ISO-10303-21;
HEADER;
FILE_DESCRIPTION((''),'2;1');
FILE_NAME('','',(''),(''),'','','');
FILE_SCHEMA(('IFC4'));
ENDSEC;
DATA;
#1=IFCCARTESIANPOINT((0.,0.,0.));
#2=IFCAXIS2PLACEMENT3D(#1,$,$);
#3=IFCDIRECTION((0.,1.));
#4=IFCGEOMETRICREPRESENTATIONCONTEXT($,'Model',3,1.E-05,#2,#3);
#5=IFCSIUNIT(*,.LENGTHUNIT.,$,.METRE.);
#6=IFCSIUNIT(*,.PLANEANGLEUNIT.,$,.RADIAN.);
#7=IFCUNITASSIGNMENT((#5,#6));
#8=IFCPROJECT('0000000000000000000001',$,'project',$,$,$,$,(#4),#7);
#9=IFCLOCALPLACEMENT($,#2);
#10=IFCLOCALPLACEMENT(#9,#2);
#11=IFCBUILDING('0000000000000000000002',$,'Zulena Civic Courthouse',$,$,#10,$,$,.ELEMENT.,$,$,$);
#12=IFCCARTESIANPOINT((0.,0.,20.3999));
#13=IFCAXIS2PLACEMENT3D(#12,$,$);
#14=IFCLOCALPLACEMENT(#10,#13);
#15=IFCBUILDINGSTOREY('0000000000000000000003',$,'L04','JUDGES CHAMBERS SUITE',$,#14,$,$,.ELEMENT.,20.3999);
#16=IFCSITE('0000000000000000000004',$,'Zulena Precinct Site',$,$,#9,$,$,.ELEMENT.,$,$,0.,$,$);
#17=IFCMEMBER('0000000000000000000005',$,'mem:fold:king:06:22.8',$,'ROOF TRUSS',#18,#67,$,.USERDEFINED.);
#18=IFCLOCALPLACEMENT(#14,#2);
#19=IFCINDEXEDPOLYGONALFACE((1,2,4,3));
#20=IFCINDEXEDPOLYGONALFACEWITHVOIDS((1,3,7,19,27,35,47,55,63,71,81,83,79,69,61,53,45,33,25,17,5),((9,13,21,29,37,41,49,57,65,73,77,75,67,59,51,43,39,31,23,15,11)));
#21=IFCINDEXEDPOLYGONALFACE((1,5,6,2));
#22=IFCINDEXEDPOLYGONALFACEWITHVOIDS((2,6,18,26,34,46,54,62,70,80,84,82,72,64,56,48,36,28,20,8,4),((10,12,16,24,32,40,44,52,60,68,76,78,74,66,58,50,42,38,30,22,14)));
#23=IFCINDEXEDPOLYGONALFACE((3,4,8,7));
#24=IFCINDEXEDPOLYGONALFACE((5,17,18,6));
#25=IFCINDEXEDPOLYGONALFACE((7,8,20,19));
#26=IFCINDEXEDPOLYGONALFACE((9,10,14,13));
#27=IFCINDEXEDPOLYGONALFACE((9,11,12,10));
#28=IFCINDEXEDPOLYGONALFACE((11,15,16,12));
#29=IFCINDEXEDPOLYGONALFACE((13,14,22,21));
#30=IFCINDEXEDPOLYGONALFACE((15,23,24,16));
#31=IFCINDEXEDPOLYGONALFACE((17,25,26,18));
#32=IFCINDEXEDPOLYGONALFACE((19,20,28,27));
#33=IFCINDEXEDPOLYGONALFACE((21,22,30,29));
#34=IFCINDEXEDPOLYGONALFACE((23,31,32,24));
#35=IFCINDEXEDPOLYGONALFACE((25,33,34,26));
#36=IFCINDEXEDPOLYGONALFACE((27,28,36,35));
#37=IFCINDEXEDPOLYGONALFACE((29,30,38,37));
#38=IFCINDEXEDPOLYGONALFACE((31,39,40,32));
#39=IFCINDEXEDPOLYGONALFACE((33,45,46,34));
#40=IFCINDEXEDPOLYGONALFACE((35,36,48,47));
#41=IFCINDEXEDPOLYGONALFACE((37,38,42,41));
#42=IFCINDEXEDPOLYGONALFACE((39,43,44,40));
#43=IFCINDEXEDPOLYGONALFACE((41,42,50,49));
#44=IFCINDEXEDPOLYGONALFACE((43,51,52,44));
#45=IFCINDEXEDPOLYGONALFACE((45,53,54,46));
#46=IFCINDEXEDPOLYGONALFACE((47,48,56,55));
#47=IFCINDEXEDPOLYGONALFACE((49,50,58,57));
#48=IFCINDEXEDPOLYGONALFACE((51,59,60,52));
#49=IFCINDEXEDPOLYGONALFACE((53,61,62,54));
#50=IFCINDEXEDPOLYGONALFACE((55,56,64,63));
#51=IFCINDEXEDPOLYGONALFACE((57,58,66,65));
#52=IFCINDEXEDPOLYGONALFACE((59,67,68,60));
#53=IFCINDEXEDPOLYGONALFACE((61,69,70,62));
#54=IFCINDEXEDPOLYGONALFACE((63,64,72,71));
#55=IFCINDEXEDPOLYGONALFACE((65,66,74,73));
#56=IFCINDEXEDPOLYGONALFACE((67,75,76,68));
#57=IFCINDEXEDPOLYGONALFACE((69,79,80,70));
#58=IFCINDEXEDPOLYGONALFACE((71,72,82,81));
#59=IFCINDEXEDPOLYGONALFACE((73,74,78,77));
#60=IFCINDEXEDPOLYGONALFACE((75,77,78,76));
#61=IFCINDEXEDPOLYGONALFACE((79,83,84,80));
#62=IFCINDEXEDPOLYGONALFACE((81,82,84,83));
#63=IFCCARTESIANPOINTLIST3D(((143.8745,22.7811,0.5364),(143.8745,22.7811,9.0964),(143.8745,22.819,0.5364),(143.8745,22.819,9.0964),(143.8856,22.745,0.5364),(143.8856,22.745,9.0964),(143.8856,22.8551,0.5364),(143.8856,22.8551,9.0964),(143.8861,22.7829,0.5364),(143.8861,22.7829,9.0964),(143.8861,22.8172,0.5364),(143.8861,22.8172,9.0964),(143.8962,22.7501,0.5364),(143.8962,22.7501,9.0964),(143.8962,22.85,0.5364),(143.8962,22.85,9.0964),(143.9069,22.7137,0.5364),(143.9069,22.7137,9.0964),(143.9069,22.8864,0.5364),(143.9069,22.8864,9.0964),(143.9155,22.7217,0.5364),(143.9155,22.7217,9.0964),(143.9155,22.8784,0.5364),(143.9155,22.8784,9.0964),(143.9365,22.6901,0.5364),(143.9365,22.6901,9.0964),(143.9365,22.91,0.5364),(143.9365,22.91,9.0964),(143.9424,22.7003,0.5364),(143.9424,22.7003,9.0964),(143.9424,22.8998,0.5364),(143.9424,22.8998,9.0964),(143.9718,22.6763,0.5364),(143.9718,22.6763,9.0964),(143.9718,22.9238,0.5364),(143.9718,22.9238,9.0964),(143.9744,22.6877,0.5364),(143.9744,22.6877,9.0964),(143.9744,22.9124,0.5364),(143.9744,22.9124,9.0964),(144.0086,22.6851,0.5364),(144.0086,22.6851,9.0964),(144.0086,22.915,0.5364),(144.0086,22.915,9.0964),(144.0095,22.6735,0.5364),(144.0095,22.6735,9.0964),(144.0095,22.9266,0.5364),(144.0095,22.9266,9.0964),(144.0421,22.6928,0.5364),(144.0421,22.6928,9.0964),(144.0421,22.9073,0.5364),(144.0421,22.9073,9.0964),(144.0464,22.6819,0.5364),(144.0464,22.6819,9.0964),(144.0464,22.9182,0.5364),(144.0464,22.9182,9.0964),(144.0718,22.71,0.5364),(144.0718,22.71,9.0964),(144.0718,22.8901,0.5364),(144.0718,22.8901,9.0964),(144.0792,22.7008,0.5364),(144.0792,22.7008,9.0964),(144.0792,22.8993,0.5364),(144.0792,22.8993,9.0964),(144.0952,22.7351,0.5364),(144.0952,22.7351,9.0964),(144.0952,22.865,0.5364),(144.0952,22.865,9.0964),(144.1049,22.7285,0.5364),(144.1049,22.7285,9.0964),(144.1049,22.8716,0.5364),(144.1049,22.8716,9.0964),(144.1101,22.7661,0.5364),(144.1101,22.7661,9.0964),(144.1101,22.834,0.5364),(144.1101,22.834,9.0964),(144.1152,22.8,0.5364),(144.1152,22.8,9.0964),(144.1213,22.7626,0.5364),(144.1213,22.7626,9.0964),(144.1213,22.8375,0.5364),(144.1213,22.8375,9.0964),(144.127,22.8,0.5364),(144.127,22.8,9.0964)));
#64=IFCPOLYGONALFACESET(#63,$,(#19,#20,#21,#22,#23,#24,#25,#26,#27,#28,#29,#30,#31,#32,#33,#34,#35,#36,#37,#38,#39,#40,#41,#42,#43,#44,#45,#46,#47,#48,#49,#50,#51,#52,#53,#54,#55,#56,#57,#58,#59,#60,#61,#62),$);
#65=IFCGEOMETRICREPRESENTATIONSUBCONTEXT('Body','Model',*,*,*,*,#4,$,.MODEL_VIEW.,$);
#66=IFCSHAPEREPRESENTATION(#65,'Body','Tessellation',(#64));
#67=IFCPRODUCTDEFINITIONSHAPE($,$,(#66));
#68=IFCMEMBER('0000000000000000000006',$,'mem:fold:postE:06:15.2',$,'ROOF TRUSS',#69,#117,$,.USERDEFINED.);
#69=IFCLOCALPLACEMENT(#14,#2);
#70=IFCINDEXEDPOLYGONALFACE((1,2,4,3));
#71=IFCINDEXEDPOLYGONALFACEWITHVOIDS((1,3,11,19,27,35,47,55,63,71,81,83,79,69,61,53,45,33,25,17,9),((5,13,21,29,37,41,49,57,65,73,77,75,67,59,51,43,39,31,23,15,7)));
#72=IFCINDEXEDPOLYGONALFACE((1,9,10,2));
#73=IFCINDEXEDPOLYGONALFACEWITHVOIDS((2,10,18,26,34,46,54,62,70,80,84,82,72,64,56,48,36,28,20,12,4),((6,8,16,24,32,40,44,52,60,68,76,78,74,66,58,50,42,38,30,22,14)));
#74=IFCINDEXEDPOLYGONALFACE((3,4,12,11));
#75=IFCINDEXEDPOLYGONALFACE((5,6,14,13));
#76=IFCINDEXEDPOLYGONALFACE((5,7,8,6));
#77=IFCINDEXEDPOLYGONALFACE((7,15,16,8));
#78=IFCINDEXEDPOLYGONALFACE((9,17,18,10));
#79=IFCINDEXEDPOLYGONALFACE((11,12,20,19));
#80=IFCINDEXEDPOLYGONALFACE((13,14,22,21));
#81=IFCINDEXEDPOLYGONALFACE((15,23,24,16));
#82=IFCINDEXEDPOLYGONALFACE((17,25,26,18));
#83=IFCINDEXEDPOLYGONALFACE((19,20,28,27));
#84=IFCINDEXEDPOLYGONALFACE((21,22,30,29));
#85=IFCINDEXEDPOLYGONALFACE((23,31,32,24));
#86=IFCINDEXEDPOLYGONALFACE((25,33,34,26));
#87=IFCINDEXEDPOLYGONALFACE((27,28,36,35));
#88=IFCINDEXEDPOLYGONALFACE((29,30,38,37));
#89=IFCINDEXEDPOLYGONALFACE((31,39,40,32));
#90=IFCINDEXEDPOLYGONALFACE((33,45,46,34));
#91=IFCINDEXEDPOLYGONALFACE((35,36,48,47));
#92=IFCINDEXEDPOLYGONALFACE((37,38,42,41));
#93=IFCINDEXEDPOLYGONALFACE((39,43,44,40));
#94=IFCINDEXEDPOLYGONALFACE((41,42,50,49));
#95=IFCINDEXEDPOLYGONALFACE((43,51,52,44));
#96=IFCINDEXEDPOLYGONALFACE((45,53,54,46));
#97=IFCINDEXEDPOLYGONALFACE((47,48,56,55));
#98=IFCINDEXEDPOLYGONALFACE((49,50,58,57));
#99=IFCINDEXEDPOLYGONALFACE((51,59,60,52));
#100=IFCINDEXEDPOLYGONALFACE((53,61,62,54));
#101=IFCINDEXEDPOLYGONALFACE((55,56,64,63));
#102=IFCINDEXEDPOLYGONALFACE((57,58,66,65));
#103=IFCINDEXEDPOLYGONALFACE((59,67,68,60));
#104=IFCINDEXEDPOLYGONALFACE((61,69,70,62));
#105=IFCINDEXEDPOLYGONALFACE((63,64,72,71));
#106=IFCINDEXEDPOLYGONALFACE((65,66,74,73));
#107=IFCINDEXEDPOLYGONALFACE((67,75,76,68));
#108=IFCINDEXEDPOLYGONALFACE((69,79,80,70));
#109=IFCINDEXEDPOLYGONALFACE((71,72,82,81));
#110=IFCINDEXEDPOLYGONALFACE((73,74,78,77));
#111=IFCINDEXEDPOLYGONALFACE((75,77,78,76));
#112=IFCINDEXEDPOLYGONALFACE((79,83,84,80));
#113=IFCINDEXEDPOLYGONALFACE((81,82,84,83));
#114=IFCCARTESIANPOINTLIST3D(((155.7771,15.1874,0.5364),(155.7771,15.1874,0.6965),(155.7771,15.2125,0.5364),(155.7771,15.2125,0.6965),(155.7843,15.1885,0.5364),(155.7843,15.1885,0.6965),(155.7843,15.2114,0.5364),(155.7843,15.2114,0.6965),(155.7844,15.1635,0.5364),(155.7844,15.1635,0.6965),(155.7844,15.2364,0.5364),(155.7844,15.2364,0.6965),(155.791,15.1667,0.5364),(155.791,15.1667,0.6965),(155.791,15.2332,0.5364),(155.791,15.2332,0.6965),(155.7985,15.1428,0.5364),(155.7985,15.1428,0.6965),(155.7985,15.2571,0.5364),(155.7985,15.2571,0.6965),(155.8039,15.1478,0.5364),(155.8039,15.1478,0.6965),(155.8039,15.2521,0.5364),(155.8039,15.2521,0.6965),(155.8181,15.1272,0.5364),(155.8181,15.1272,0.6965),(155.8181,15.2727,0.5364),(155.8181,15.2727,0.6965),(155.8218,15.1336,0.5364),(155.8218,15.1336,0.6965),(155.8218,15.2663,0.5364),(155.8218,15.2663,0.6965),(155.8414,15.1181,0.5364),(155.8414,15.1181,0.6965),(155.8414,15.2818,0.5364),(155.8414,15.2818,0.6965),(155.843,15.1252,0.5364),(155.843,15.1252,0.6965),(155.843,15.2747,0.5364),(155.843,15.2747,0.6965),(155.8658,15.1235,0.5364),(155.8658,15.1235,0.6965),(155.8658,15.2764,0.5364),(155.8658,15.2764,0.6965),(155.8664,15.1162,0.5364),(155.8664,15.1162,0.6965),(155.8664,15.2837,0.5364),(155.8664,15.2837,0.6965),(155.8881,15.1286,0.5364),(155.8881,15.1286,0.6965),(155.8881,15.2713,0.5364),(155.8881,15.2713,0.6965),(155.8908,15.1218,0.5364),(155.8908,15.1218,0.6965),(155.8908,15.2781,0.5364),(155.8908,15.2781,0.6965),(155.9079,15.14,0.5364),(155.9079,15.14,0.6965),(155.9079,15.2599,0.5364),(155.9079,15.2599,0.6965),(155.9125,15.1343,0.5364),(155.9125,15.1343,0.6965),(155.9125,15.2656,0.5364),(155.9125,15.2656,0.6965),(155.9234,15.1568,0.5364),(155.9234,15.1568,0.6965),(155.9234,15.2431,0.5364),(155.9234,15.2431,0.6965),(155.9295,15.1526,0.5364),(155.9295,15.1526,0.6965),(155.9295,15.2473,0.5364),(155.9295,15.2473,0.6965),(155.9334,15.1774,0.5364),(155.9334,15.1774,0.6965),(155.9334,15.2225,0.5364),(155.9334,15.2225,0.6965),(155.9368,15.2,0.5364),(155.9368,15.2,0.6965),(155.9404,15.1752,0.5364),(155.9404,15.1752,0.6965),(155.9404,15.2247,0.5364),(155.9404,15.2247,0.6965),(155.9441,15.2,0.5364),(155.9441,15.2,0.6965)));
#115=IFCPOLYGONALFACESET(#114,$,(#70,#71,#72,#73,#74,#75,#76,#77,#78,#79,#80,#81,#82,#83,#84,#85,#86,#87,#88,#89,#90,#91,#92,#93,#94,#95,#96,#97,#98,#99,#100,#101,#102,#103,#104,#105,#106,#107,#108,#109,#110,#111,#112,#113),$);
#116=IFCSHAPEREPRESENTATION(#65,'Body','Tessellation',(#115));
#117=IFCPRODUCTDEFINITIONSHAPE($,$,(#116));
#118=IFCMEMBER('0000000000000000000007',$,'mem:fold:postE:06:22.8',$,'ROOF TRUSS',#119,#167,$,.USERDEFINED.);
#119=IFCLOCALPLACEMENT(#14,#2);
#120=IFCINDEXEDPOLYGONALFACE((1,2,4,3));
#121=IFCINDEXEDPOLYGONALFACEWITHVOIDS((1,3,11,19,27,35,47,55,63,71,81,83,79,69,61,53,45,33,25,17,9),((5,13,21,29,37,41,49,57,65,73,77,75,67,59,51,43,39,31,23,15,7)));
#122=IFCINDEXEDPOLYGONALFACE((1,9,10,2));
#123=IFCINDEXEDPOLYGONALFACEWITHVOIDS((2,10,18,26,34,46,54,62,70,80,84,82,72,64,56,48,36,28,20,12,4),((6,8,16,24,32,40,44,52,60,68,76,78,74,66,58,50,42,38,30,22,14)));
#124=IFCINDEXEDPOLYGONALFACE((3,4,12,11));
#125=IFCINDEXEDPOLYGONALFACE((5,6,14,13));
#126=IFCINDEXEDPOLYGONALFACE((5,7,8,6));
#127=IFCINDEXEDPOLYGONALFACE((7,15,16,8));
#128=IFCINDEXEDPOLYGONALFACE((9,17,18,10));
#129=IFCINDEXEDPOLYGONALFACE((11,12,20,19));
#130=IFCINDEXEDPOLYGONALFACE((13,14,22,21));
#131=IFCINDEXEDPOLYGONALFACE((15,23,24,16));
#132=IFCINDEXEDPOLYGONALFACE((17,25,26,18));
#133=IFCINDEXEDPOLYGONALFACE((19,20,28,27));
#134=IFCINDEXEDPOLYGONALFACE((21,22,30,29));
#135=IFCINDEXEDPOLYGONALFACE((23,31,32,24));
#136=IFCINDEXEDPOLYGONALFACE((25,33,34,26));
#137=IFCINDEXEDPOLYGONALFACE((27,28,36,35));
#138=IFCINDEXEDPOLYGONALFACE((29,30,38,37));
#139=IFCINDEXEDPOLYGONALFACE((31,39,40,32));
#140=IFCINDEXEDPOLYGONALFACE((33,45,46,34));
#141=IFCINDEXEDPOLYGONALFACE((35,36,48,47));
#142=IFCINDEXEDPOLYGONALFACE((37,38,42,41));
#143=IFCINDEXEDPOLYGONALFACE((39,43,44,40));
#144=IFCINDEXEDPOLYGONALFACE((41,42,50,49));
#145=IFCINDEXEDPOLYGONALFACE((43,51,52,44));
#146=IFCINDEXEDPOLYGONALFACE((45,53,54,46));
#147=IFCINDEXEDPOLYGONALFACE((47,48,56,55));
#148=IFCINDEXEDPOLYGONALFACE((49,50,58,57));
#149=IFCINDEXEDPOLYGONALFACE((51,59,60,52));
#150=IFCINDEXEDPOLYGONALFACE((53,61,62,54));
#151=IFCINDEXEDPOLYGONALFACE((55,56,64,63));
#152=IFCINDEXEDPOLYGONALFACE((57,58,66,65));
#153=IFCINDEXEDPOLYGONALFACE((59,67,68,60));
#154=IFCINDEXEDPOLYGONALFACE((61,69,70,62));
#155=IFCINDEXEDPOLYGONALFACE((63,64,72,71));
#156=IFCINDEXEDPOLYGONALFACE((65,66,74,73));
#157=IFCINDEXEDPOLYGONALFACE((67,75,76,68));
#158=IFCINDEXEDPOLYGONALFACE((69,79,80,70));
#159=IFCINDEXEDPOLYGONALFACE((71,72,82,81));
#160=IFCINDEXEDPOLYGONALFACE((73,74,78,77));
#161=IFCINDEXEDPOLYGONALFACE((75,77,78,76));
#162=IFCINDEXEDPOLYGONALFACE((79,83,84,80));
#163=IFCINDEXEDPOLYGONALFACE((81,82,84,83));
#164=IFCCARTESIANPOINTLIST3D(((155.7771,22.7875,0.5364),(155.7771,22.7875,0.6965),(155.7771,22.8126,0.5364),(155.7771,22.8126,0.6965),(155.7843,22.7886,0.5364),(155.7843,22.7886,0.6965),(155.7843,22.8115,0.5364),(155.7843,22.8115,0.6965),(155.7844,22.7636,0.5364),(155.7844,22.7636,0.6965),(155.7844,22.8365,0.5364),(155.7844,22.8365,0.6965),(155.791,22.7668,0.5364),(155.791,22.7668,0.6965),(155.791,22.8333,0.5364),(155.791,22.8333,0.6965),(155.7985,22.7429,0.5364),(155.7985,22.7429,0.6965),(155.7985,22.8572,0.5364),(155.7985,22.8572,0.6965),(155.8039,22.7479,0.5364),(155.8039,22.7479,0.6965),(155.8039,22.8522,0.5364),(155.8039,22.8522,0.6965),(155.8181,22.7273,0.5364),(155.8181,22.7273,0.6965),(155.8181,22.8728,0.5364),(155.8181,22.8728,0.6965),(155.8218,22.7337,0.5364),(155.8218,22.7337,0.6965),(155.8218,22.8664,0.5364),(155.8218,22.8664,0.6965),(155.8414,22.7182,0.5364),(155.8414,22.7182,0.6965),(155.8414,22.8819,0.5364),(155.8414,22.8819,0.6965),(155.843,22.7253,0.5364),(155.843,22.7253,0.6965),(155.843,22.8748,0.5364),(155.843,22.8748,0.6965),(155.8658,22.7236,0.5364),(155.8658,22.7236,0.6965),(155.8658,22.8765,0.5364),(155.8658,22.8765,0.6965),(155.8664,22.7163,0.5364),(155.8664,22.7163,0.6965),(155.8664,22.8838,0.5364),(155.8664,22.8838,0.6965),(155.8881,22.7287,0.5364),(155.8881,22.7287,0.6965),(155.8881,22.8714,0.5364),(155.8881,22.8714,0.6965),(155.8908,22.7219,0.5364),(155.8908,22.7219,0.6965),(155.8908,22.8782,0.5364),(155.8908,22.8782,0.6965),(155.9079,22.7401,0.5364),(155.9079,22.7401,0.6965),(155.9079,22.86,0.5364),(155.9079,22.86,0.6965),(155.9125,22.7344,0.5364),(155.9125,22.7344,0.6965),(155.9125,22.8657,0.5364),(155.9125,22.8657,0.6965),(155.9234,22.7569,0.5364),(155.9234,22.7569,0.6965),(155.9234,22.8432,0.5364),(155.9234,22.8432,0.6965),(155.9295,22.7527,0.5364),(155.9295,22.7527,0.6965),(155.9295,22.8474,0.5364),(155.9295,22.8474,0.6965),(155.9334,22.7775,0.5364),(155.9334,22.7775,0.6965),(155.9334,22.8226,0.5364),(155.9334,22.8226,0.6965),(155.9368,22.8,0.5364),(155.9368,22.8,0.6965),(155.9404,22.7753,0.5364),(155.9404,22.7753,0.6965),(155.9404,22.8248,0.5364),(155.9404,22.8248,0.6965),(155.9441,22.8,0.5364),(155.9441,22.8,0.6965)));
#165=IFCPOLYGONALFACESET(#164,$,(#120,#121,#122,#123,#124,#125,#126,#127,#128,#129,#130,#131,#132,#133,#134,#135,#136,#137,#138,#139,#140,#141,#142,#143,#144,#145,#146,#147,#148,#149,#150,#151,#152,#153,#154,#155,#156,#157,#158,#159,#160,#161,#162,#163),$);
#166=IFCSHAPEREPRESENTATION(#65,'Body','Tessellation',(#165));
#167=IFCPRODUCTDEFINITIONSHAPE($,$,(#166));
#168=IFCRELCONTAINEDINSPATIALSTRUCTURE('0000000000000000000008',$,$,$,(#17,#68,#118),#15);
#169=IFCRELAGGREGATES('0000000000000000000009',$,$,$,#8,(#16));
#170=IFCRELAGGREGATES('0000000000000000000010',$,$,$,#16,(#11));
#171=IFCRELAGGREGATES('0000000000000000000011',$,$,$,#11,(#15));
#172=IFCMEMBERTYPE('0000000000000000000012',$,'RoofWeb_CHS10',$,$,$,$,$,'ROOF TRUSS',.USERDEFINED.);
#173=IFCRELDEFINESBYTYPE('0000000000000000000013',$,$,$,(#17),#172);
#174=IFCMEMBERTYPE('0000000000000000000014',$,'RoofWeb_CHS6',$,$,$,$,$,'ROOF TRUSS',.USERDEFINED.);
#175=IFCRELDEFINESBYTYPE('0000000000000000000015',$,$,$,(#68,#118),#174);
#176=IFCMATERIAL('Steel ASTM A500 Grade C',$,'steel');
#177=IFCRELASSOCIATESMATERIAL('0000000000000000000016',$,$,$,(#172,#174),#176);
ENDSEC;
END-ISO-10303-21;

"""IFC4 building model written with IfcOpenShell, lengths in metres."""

from ifc_helpers import new_model, si_unit, direction, frame, origin, origin_2d, place, context, subcontext, project, spatial, hollow_circle, extrude, material, material_profile, profile_set, type_object, element, save


model = new_model("IFC4")

# Units and contexts
model_context = context("Model", 3, precision=1e-05, world=origin(), true_north=direction((0.0, 1.0)))
body_context = subcontext(model_context, "Body", "Model", "MODEL_VIEW")
ifc_project = project(units=[si_unit("LENGTHUNIT", "METRE"), si_unit("PLANEANGLEUNIT", "RADIAN")], contexts=[model_context])

# Site, building, storey
site_placement = place(None, origin())
site = spatial("IfcSite", under=ifc_project, at=site_placement, Name="Zulena Precinct Site", CompositionType="ELEMENT", RefElevation=0.0)
building_placement = place(site_placement, origin())
building = spatial("IfcBuilding", under=site, at=building_placement, Name="Zulena Civic Courthouse", CompositionType="ELEMENT")
storey_placement = place(building_placement, frame((0.0, 0.0, 20.3999)))
storey = spatial("IfcBuildingStorey", under=building, at=storey_placement, Name="L04", Description="JUDGES CHAMBERS SUITE", CompositionType="ELEMENT", Elevation=20.3999)

# Members
ifc_material_1 = material(Name="Steel ASTM A500 Grade C", Category="steel")
ifc_material_profile_1 = material_profile(ifc_material_1, hollow_circle(Radius=0.127, WallThickness=0.0117, at=origin_2d()), Name="HSS10.000X0.500")
ifc_profile_set_1 = profile_set([ifc_material_profile_1], Name="Steel ASTM A500 Grade C")
member_type_1 = type_object("IfcMemberType", Name="RoofWeb_CHS10", ElementType="ROOF TRUSS", PredefinedType="USERDEFINED", material=ifc_profile_set_1)
member_placement = place(storey_placement, frame((144.0, 22.8, 0.5364), z_axis=(0.0, 0.0, 1.0), x_axis=(1.0, 0.0, 0.0)))
element("IfcMember", 1, at=member_placement, inside=storey, type_object=member_type_1, Name="mem:fold:king:06:22.8", ObjectType="ROOF TRUSS", PredefinedType="USERDEFINED", context=body_context, shape_type="SweptSolid", body=[
    extrude(hollow_circle(Radius=0.127, WallThickness=0.0117, at=origin_2d()), origin(), (0.0, 0.0, 1.0), 8.5601),
])
ifc_material_profile_2 = material_profile(ifc_material_1, hollow_circle(Radius=0.084, WallThickness=0.0073, at=origin_2d()), Name="HSS6.625X0.312")
ifc_profile_set_2 = profile_set([ifc_material_profile_2], Name="Steel ASTM A500 Grade C")
member_type_2 = type_object("IfcMemberType", Name="RoofWeb_CHS6", ElementType="ROOF TRUSS", PredefinedType="USERDEFINED", material=ifc_profile_set_2)
for number, where, z_axis, x_axis, name in (
    (2, (155.8601, 15.2, 0.5364), (0.0, 0.0, 1.0), (1.0, 0.0, 0.0), "mem:fold:postE:06:15.2"),
    (3, (155.8601, 22.8, 0.5364), (0.0, 0.0, 1.0), (1.0, 0.0, 0.0), "mem:fold:postE:06:22.8"),
):
    element("IfcMember", number, at=place(storey_placement, frame(where, z_axis=z_axis, x_axis=x_axis)), inside=storey, type_object=member_type_2, Name=name, ObjectType="ROOF TRUSS", PredefinedType="USERDEFINED", context=body_context, shape_type="SweptSolid", body=[
        extrude(hollow_circle(Radius=0.084, WallThickness=0.0073, at=origin_2d()), origin(), (0.0, 0.0, 1.0), 0.1602),
    ])

save(model, "model.ifc")
